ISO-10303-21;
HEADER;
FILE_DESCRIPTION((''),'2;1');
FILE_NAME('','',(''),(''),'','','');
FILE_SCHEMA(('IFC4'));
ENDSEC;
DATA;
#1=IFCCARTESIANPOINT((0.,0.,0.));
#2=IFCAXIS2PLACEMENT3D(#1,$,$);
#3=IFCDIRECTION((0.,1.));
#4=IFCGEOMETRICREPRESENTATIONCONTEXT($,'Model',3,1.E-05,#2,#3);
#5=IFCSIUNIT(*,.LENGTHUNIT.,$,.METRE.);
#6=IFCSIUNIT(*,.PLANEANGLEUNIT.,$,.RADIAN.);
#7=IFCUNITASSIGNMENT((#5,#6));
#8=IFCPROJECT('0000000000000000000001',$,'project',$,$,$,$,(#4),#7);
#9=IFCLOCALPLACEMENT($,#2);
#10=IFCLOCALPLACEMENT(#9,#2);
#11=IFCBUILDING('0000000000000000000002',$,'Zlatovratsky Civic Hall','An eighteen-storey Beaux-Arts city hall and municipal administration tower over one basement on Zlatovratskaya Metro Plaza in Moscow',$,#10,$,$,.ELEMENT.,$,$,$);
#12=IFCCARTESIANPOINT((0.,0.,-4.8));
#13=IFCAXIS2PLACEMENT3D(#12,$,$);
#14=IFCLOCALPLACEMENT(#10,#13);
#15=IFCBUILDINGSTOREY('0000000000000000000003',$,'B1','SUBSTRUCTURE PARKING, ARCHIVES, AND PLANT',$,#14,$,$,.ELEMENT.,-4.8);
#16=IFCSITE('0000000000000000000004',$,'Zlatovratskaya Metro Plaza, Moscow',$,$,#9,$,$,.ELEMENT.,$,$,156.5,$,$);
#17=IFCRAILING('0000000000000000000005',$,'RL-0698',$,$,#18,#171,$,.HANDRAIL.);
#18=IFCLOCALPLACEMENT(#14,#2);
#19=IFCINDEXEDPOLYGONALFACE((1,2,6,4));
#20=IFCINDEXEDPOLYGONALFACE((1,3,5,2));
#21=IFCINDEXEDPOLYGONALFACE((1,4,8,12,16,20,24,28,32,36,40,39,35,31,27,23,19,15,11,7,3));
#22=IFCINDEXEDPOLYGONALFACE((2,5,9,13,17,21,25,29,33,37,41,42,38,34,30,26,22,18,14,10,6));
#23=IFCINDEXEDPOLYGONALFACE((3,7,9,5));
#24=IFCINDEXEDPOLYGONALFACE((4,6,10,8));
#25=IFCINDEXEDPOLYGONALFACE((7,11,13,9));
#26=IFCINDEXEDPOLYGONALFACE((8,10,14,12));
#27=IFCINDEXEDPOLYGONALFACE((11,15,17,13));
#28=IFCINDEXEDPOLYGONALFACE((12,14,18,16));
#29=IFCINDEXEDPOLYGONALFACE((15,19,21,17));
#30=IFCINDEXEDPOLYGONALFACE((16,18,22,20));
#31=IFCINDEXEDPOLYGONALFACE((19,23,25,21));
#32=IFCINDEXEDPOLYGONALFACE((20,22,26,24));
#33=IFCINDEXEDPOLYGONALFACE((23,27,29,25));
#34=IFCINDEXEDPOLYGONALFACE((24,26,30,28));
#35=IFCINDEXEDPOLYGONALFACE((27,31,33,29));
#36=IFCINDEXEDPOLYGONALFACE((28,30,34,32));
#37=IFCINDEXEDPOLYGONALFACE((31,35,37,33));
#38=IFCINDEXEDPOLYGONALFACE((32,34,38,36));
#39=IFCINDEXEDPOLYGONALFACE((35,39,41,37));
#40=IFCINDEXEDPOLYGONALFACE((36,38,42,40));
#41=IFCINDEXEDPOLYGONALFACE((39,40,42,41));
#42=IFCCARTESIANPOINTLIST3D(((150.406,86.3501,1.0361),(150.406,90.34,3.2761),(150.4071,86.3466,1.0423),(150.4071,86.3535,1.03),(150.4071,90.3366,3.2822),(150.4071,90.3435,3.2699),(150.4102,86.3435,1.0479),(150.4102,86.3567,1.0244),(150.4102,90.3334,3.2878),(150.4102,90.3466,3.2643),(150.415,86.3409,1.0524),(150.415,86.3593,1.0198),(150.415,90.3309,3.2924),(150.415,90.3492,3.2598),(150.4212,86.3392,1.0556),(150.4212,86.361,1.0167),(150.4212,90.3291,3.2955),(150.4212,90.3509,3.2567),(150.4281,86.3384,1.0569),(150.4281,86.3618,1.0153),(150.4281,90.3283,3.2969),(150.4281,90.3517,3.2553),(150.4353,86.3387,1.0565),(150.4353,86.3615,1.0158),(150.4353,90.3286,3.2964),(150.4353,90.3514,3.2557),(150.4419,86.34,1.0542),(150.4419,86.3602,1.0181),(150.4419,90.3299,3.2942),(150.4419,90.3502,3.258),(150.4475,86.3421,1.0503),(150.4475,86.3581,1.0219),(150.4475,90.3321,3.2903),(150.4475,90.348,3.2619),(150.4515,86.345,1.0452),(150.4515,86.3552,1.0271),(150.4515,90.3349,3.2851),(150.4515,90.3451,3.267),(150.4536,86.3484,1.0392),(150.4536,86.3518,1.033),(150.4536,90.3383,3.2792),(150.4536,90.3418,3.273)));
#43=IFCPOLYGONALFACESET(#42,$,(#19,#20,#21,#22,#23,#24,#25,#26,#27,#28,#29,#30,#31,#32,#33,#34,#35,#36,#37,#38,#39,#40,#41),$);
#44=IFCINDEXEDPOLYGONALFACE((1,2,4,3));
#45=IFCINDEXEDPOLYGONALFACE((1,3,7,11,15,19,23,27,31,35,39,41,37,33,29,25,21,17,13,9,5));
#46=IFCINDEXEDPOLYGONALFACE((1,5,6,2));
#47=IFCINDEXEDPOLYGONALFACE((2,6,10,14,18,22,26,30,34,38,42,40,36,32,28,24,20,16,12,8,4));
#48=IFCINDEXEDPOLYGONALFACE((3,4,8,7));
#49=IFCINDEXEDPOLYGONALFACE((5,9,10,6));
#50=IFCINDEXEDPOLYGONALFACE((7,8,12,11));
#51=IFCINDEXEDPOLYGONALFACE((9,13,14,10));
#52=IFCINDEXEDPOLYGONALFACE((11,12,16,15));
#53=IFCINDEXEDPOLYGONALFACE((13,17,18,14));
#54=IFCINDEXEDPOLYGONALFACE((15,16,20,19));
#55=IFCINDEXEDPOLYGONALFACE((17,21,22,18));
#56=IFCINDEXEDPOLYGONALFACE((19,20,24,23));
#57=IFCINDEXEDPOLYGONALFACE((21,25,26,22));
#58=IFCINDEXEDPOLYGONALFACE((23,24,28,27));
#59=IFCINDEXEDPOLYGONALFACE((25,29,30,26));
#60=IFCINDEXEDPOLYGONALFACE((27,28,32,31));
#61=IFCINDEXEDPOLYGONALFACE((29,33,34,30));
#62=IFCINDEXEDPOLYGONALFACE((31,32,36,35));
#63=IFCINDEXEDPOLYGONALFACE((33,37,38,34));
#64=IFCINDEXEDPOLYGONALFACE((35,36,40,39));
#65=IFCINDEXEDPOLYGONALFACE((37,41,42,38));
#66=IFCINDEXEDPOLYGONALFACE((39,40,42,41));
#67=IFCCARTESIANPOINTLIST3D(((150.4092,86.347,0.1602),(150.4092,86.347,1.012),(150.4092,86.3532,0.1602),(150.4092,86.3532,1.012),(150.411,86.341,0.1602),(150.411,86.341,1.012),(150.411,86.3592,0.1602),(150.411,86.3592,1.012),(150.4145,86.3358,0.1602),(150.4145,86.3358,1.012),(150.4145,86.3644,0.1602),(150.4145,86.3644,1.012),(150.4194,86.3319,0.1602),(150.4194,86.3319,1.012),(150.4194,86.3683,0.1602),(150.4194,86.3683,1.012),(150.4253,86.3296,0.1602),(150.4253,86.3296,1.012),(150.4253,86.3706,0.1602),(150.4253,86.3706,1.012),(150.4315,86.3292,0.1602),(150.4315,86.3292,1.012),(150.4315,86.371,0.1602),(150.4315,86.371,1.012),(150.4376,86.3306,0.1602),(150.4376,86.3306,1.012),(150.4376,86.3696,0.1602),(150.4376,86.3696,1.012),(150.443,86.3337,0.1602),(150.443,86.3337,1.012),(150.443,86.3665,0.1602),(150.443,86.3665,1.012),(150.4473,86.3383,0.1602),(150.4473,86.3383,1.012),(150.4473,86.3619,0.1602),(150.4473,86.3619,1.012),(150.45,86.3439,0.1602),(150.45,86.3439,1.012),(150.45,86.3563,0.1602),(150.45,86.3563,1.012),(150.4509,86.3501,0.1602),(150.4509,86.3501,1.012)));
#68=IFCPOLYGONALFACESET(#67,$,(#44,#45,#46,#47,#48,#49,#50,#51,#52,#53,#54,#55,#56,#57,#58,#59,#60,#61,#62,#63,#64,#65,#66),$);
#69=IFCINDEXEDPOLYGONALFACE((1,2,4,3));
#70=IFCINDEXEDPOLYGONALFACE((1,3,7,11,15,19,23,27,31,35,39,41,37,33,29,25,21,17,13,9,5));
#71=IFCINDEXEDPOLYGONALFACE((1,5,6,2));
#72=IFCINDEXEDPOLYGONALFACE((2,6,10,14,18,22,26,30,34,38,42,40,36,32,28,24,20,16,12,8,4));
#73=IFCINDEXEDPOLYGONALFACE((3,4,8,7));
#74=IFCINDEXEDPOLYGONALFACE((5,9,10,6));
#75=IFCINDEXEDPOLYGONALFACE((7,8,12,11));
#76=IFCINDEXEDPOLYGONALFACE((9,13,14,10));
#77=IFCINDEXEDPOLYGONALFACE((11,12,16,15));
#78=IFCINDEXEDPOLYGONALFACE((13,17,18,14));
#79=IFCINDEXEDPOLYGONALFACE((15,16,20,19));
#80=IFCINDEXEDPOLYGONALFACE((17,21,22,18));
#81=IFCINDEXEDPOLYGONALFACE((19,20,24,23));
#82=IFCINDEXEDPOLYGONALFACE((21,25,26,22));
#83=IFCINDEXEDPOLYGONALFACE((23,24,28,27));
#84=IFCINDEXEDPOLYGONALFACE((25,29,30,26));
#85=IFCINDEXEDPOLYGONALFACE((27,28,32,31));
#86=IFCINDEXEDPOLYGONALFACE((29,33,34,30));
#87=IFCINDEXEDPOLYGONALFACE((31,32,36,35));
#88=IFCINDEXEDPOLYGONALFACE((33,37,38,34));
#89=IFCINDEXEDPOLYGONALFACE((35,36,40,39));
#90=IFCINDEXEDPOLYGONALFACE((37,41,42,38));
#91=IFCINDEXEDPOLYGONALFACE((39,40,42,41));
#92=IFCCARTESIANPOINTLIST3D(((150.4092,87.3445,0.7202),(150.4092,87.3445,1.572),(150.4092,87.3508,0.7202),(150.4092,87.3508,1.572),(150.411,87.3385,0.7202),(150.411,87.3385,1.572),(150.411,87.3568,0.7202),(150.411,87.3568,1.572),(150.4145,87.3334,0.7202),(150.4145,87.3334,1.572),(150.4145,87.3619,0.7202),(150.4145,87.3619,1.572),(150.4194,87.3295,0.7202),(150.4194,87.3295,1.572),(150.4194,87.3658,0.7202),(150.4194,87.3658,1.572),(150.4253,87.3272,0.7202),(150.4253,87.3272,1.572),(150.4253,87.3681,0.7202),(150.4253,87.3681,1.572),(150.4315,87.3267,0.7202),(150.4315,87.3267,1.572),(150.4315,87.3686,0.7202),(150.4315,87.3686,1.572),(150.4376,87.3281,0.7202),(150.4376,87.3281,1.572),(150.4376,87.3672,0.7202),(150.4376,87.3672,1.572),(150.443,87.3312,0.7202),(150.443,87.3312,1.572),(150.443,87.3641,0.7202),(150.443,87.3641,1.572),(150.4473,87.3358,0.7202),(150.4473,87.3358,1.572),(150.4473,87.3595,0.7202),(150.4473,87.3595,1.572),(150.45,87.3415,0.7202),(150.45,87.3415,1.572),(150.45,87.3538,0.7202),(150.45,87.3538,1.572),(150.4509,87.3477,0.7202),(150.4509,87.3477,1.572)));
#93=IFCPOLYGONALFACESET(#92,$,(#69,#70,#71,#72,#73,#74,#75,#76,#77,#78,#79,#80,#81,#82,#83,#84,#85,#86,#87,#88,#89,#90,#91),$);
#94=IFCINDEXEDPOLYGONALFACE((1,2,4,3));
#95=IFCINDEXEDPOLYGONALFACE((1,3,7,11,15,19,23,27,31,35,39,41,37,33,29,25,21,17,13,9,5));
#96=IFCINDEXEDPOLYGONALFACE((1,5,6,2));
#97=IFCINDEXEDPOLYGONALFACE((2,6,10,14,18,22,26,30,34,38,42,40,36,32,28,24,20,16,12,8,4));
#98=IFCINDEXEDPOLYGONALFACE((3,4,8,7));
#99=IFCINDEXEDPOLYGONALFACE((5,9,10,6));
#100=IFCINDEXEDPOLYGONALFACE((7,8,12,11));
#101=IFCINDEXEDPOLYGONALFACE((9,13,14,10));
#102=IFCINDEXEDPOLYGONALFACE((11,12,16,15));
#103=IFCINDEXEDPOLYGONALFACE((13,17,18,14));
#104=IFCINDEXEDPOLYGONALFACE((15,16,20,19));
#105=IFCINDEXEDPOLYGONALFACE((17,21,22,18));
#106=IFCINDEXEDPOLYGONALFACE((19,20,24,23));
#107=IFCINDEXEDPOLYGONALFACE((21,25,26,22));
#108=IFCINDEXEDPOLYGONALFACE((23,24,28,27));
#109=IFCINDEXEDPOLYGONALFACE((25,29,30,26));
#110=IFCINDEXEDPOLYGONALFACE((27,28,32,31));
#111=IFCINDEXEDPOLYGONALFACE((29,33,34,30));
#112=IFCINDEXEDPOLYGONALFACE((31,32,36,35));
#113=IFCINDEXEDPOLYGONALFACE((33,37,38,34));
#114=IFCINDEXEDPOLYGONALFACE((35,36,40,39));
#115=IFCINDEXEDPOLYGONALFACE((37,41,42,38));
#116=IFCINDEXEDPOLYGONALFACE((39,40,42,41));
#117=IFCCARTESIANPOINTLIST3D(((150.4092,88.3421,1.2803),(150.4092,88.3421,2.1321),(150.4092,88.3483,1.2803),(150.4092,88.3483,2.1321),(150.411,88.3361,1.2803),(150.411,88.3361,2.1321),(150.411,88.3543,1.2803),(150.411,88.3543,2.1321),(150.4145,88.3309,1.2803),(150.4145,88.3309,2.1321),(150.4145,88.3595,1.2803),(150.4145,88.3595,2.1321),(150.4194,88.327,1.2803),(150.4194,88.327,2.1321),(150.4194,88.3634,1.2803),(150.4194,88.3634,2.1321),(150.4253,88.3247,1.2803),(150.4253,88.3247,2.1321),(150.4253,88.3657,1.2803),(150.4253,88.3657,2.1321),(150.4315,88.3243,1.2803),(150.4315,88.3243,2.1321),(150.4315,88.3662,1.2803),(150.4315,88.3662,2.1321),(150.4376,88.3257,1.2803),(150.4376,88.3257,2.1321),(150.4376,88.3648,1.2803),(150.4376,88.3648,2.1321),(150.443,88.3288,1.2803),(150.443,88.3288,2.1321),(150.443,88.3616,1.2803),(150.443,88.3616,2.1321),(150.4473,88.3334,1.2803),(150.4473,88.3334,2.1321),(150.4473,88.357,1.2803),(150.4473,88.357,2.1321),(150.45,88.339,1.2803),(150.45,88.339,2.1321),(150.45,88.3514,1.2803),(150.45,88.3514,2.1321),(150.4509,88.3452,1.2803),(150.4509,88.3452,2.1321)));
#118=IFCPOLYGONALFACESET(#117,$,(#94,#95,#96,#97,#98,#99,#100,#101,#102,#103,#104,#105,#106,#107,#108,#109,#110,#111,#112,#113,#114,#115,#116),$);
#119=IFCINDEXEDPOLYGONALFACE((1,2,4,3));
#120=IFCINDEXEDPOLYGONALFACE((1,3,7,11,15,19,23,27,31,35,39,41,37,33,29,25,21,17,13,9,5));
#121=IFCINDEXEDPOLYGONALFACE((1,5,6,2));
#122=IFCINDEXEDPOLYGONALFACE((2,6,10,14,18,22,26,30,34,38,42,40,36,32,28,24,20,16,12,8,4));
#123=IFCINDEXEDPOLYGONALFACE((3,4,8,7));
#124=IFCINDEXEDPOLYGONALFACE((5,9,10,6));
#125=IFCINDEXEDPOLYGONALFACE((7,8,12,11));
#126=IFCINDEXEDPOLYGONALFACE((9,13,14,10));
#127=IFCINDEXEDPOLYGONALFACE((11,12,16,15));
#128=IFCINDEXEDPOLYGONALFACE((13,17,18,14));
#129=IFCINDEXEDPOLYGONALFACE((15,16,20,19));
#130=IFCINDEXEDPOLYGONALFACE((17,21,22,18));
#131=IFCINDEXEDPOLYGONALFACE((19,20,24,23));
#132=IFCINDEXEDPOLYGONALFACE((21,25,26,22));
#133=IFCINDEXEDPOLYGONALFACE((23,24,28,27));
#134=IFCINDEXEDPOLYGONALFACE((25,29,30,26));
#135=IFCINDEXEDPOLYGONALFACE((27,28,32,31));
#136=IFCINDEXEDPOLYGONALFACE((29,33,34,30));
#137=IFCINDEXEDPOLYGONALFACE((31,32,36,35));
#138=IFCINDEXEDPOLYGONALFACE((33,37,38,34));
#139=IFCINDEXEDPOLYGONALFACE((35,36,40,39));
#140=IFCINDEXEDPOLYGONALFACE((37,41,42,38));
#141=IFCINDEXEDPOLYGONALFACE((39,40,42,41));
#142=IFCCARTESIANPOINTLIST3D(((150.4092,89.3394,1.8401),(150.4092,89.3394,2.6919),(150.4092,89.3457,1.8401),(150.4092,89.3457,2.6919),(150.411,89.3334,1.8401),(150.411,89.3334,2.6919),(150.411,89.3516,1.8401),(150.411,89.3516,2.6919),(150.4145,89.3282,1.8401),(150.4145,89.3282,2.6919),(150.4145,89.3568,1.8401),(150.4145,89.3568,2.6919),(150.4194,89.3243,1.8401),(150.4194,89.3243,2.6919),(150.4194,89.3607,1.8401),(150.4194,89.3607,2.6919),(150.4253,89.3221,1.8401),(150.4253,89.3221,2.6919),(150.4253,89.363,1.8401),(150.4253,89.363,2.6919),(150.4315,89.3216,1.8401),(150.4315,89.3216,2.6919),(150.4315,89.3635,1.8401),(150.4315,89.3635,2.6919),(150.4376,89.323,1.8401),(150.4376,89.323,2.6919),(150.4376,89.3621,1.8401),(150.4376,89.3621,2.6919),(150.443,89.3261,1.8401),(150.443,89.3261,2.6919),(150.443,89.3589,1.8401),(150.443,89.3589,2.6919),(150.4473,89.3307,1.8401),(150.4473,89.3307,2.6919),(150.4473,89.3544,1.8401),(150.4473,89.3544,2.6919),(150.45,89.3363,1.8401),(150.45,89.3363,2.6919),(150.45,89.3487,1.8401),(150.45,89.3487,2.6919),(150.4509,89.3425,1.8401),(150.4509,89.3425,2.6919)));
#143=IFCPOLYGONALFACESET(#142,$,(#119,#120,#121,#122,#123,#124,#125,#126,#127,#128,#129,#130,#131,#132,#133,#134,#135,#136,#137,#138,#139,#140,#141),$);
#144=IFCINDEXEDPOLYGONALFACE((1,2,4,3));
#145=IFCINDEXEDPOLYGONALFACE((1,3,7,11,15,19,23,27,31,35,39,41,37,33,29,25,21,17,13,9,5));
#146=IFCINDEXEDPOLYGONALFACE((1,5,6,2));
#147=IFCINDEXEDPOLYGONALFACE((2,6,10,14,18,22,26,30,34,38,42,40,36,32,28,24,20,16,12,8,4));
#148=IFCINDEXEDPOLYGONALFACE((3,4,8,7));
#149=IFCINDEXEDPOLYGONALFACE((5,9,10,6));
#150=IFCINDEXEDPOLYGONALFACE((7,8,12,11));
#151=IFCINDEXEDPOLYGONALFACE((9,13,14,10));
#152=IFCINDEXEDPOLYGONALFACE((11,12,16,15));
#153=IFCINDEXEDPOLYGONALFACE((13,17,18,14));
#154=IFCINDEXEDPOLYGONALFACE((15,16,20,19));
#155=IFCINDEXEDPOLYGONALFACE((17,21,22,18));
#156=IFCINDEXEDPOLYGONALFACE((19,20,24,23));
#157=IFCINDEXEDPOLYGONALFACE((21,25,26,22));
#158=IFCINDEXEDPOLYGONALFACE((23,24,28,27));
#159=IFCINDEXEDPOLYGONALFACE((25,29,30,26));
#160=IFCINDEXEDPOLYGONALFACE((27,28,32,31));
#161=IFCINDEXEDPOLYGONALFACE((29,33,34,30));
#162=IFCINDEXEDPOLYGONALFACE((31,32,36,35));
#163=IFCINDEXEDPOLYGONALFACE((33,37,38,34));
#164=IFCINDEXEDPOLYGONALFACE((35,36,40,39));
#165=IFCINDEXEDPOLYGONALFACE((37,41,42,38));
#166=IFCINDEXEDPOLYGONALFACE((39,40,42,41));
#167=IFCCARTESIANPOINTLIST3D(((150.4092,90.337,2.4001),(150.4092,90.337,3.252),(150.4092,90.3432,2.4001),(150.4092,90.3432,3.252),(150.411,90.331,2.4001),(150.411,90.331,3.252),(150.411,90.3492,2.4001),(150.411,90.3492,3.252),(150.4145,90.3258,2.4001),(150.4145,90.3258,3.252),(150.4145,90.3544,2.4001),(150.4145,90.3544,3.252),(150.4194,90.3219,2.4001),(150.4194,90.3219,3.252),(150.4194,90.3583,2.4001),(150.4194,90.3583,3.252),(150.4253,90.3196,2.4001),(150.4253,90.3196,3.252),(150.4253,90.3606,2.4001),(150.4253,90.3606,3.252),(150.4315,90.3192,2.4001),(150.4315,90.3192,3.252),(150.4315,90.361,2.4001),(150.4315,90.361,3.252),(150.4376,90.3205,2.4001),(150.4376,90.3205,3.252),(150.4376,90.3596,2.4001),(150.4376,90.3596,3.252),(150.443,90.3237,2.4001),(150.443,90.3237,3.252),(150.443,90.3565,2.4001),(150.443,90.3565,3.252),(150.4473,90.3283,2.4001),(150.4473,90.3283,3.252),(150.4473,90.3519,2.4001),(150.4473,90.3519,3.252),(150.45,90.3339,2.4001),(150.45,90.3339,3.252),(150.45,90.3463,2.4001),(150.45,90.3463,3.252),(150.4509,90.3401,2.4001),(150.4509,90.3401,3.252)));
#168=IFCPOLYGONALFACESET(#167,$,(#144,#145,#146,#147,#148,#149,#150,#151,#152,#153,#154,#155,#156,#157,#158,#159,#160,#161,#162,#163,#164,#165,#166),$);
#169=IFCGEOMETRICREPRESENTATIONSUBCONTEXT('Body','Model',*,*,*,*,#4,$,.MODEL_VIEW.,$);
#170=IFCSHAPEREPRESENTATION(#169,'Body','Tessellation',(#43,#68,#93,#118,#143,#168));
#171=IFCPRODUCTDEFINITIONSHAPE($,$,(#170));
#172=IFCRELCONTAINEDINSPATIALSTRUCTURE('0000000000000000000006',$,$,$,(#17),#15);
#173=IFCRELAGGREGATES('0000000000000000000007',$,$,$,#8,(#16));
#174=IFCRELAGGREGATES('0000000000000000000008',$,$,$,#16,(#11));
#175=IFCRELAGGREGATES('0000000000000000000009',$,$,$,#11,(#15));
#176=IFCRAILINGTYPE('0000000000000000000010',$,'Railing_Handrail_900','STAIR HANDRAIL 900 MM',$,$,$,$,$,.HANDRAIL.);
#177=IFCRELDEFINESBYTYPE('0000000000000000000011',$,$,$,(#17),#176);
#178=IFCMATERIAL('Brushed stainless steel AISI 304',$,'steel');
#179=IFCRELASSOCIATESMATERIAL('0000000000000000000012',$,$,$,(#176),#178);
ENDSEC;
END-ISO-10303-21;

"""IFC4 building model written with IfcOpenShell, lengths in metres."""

from ifc_helpers import new_model, si_unit, direction, frame, origin, origin_2d, place, context, subcontext, project, spatial, circle, extrude, material, type_object, element, save


model = new_model("IFC4")

# Units and contexts
model_context = context("Model", 3, precision=1e-05, world=origin(), true_north=direction((0.0, 1.0)))
body_context = subcontext(model_context, "Body", "Model", "MODEL_VIEW")
ifc_project = project(units=[si_unit("LENGTHUNIT", "METRE"), si_unit("PLANEANGLEUNIT", "RADIAN")], contexts=[model_context])

# Site, building, storey
site_placement = place(None, origin())
site = spatial("IfcSite", under=ifc_project, at=site_placement, Name="Zlatovratskaya Metro Plaza, Moscow", CompositionType="ELEMENT", RefElevation=156.5)
building_placement = place(site_placement, origin())
building = spatial("IfcBuilding", under=site, at=building_placement, Name="Zlatovratsky Civic Hall", Description="An eighteen-storey Beaux-Arts city hall and municipal administration tower over one basement on Zlatovratskaya Metro Plaza in Moscow", CompositionType="ELEMENT")
storey_placement = place(building_placement, frame((0.0, 0.0, -4.8)))
storey = spatial("IfcBuildingStorey", under=building, at=storey_placement, Name="B1", Description="SUBSTRUCTURE PARKING, ARCHIVES, AND PLANT", CompositionType="ELEMENT", Elevation=-4.8)

# Railing
ifc_material_1 = material(Name="Brushed stainless steel AISI 304", Category="steel")
railing_type_1 = type_object("IfcRailingType", Name="Railing_Handrail_900", Description="STAIR HANDRAIL 900 MM", PredefinedType="HANDRAIL", material=ifc_material_1)
railing_1_placement = place(storey_placement, frame((150.4299, 86.3501, 0.1602)))
element("IfcRailing", 1, at=railing_1_placement, inside=storey, type_object=railing_type_1, Name="RL-0698", PredefinedType="HANDRAIL", context=body_context, shape_type="SweptSolid", body=[
    extrude(circle(Radius=0.0239, at=origin_2d()), frame((0.0, 0.0, 0.876), z_axis=(0.0, 0.871984, 0.489534), x_axis=(-1.0, 0.0, 0.0)), (0.0, 0.0, 1.0), 4.5757),
    extrude(circle(Radius=0.021, at=origin_2d()), origin(), (0.0, 0.0, 1.0), 0.8518),
    extrude(circle(Radius=0.021, at=origin_2d()), frame((0.0, 0.9976, 0.5601)), (0.0, 0.0, 1.0), 0.8518),
    extrude(circle(Radius=0.021, at=origin_2d()), frame((0.0, 1.9951, 1.1201)), (0.0, 0.0, 1.0), 0.8518),
    extrude(circle(Radius=0.021, at=origin_2d()), frame((0.0, 2.9924, 1.6799)), (0.0, 0.0, 1.0), 0.8518),
    extrude(circle(Radius=0.021, at=origin_2d()), frame((0.0, 3.99, 2.24)), (0.0, 0.0, 1.0), 0.8518),
])

save(model, "model.ifc")
